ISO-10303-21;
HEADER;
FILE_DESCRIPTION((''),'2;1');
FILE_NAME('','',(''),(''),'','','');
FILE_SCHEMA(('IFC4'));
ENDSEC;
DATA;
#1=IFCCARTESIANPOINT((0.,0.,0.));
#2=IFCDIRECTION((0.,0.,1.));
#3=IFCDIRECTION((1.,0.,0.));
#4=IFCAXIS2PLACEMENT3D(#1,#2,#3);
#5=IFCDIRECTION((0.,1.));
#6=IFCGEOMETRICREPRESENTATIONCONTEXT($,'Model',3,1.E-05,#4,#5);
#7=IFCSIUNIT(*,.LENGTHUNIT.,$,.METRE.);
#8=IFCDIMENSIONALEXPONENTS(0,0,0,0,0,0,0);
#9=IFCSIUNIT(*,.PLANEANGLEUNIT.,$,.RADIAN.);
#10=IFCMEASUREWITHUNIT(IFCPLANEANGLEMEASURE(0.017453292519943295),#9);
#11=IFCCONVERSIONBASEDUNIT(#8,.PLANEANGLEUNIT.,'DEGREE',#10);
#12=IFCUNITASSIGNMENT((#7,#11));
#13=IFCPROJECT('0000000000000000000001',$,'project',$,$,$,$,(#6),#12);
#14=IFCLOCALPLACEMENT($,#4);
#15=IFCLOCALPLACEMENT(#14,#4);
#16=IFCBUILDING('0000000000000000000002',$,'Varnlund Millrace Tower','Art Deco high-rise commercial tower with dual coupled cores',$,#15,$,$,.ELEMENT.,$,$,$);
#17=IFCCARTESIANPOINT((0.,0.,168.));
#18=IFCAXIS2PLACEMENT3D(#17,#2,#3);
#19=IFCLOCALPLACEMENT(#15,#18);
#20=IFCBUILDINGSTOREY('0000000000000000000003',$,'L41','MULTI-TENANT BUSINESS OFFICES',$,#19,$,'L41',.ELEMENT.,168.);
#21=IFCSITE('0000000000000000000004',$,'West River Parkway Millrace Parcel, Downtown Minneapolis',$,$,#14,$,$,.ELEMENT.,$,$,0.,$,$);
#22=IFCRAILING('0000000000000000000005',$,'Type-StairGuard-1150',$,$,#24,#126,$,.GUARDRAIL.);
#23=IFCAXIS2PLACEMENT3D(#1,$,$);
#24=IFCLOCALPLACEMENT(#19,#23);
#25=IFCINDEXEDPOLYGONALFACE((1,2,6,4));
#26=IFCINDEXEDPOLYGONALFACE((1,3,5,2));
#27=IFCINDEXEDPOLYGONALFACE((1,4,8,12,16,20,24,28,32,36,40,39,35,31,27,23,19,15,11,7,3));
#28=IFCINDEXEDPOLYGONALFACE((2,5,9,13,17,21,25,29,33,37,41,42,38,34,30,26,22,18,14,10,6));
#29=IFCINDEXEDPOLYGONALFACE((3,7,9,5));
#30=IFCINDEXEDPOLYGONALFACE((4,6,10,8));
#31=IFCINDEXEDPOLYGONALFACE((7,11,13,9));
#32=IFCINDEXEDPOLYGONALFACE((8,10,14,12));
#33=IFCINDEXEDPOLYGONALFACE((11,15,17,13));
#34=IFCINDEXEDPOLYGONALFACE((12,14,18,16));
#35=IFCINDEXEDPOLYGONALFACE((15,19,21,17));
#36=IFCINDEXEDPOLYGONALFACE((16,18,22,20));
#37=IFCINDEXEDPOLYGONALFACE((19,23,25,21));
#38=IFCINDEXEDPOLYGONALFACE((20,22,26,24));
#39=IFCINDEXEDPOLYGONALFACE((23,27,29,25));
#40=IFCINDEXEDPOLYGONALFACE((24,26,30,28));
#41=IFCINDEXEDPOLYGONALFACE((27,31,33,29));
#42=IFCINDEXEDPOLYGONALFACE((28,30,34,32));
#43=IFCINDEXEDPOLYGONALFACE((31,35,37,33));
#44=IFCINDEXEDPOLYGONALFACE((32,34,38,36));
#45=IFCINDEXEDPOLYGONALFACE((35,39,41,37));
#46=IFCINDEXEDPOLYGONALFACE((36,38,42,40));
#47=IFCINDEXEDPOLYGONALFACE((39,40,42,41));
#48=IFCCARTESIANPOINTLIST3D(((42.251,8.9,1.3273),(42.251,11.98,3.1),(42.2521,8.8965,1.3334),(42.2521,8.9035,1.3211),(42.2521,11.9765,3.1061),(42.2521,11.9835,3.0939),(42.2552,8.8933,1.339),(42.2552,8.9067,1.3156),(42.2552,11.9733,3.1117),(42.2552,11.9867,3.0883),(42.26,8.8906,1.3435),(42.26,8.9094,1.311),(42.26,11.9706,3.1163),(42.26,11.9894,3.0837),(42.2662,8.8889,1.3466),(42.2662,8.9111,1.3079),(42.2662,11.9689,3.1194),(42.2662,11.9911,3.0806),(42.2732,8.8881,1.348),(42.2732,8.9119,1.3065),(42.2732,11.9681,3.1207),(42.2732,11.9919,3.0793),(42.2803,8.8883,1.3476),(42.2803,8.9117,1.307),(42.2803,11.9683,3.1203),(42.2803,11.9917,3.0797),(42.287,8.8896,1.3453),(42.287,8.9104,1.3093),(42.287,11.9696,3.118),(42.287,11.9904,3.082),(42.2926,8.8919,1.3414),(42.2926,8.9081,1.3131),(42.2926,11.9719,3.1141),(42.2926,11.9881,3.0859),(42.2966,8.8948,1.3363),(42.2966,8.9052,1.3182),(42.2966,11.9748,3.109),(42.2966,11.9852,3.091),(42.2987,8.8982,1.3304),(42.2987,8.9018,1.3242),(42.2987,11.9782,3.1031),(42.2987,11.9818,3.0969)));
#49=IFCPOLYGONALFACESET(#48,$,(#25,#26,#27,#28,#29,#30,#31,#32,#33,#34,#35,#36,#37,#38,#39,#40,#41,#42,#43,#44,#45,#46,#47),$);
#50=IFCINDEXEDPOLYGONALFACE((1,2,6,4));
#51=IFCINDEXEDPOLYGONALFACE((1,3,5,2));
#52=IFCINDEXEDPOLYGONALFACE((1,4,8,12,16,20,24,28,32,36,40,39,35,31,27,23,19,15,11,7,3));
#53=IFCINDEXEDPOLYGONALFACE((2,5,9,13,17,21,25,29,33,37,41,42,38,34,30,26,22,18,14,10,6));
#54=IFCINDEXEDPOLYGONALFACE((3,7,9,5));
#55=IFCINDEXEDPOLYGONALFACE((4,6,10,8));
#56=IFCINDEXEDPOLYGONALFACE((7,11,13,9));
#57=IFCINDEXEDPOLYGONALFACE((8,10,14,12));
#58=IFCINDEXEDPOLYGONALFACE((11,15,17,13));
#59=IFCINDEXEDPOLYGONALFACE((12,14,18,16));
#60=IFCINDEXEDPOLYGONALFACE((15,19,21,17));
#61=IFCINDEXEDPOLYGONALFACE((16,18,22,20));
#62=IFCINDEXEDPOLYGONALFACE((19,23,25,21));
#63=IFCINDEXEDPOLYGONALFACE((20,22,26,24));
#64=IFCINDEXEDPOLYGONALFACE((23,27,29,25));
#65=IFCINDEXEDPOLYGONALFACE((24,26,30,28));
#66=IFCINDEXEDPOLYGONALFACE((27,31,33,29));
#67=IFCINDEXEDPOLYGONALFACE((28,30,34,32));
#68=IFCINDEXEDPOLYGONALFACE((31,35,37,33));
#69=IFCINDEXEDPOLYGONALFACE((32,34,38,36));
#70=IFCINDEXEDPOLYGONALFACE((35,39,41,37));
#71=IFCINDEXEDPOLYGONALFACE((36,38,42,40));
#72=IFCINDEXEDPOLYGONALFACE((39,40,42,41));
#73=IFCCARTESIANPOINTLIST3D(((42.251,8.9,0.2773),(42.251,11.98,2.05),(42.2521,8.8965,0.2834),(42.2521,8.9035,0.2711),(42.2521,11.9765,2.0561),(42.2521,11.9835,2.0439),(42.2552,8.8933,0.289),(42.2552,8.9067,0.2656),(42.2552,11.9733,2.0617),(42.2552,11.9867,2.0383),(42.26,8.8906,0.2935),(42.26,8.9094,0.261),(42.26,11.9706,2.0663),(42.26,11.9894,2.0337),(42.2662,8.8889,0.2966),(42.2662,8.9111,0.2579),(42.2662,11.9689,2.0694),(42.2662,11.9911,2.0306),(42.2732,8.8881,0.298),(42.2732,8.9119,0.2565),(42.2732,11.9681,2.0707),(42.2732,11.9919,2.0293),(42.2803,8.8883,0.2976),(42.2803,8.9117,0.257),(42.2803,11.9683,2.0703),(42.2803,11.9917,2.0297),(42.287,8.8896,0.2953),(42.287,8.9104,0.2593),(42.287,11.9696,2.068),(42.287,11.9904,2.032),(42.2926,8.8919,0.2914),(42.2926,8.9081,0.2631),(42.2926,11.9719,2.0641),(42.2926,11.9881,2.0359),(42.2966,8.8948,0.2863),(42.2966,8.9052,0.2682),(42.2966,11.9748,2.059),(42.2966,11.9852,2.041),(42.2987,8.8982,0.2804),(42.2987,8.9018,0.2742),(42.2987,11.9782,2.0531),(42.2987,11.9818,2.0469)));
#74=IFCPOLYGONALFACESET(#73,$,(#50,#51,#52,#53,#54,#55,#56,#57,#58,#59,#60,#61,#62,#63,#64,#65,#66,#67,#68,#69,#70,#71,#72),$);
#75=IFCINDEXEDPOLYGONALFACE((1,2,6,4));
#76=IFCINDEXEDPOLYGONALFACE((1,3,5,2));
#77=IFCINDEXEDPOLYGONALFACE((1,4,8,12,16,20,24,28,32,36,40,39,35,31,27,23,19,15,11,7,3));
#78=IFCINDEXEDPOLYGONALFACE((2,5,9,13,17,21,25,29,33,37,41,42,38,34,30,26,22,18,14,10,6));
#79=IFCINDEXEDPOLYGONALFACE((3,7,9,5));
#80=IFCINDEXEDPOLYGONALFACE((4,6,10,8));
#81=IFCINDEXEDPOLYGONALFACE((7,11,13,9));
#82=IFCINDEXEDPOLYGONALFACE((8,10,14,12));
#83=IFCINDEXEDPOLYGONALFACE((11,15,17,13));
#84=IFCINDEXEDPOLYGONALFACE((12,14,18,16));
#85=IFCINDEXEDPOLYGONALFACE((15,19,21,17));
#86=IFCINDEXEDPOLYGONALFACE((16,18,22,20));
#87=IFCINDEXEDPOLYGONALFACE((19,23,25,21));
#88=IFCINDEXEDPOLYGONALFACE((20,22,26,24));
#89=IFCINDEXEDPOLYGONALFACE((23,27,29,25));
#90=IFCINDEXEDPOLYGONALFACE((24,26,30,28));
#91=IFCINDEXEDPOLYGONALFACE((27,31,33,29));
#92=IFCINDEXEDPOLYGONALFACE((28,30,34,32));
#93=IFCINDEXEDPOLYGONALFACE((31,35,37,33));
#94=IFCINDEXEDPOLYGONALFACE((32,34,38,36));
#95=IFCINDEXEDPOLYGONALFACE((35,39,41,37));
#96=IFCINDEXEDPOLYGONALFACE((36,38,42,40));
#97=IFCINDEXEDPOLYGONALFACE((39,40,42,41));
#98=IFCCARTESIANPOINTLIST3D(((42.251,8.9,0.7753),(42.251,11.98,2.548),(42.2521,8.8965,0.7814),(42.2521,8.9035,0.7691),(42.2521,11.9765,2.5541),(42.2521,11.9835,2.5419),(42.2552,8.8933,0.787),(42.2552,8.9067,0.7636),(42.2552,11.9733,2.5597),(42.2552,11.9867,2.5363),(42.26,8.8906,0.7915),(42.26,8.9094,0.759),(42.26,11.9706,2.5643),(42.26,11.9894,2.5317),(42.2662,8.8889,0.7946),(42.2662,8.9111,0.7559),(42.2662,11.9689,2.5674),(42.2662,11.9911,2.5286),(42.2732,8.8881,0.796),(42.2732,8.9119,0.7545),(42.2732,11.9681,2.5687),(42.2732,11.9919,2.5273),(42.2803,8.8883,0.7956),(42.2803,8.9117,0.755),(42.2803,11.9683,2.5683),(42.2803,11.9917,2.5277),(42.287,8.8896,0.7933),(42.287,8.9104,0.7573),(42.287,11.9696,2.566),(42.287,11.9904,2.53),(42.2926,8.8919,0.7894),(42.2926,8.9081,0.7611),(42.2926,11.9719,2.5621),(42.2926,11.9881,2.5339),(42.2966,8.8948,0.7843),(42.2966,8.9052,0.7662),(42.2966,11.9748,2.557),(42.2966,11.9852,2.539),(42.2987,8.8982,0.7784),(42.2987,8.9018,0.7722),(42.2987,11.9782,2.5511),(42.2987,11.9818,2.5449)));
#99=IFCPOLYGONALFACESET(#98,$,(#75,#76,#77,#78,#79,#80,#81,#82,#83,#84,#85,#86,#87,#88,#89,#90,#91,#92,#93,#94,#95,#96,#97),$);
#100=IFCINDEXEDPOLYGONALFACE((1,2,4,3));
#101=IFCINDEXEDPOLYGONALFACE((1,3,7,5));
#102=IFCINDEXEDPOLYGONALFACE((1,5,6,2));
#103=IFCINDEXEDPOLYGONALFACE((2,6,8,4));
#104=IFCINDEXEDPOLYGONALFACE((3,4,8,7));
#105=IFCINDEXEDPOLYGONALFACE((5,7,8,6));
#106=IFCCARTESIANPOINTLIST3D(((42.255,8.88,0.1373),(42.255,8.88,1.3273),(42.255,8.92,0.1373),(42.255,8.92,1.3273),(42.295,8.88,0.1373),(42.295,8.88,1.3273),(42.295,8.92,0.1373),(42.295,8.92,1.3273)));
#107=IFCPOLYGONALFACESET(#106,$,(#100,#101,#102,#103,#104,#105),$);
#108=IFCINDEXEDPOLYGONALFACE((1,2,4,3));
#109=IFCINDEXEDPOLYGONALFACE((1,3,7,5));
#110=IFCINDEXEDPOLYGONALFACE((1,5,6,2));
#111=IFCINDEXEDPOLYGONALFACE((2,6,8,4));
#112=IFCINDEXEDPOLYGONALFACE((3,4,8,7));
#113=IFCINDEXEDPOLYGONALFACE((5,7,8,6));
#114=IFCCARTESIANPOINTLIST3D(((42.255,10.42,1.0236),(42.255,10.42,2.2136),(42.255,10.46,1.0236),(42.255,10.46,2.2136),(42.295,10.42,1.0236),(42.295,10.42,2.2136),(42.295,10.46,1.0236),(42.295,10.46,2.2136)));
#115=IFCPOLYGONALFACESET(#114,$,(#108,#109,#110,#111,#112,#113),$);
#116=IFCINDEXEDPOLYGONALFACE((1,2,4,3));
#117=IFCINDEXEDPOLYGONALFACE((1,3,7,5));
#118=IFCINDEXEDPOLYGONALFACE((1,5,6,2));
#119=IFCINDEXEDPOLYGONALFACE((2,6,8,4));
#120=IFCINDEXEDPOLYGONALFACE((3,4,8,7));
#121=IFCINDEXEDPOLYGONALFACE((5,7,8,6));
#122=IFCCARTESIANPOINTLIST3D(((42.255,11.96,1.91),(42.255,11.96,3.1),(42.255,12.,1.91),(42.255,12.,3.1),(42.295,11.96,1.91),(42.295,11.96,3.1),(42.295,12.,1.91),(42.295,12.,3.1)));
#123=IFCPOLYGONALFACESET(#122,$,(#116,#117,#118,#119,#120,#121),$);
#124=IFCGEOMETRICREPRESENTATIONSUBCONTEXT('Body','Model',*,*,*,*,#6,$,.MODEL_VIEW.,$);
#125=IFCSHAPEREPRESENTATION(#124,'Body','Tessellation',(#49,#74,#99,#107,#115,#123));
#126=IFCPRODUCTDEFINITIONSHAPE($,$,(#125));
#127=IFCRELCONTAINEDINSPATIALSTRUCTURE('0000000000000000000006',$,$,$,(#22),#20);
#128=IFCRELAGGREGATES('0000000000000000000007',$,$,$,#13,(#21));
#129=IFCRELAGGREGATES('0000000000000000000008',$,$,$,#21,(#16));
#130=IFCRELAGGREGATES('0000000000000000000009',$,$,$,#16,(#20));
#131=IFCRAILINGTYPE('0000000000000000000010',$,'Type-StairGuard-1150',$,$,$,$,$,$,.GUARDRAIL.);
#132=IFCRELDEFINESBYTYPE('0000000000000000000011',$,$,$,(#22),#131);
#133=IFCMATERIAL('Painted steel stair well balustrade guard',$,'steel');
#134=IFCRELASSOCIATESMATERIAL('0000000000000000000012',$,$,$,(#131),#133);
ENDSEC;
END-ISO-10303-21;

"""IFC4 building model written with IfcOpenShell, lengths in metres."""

from ifc_helpers import new_model, entity, si_unit, converted_unit, direction, frame, origin_with_axes, origin_2d_with_axis, place, context, subcontext, project, spatial, rectangle, circle, extrude, material, type_object, element, save


model = new_model("IFC4")

# Units and contexts
model_context = context("Model", 3, precision=1e-05, world=origin_with_axes(), true_north=direction((0.0, 1.0)))
body_context = subcontext(model_context, "Body", "Model", "MODEL_VIEW")
ifc_project = project(units=[si_unit("LENGTHUNIT", "METRE"), converted_unit("PLANEANGLEUNIT", "DEGREE", entity("IfcPlaneAngleMeasure", 0.017453292519943295), si_unit("PLANEANGLEUNIT", "RADIAN"), dimensions=[0, 0, 0, 0, 0, 0, 0])], contexts=[model_context])

# Site, building, storey
site_placement = place(None, origin_with_axes())
site = spatial("IfcSite", under=ifc_project, at=site_placement, Name="West River Parkway Millrace Parcel, Downtown Minneapolis", CompositionType="ELEMENT", RefElevation=0.0)
building_placement = place(site_placement, origin_with_axes())
building = spatial("IfcBuilding", under=site, at=building_placement, Name="Varnlund Millrace Tower", Description="Art Deco high-rise commercial tower with dual coupled cores", CompositionType="ELEMENT")
storey_placement = place(building_placement, frame((0.0, 0.0, 168.0), z_axis=(0.0, 0.0, 1.0), x_axis=(1.0, 0.0, 0.0)))
storey = spatial("IfcBuildingStorey", under=building, at=storey_placement, Name="L41", Description="MULTI-TENANT BUSINESS OFFICES", LongName="L41", CompositionType="ELEMENT", Elevation=168.0)

# Railing
ifc_material_1 = material(Name="Painted steel stair well balustrade guard", Category="steel")
railing_type_1 = type_object("IfcRailingType", Name="Type-StairGuard-1150", PredefinedType="GUARDRAIL", material=ifc_material_1)
railing_1_placement = place(storey_placement, frame((0.0, 0.0, -168.0), z_axis=(0.0, 0.0, 1.0), x_axis=(1.0, 0.0, 0.0)))
element("IfcRailing", 1, at=railing_1_placement, inside=storey, type_object=railing_type_1, Name="Type-StairGuard-1150", PredefinedType="GUARDRAIL", context=body_context, shape_type="SweptSolid", body=[
    extrude(circle(Radius=0.024, at=origin_2d_with_axis()), frame((42.275, 8.9, 169.3273), z_axis=(0.0, 0.866696, 0.498836), x_axis=(-1.0, 0.0, 0.0)), (0.0, 0.0, 1.0), 3.5537),
    extrude(circle(Radius=0.024, at=origin_2d_with_axis()), frame((42.275, 8.9, 168.2773), z_axis=(0.0, 0.866696, 0.498836), x_axis=(-1.0, 0.0, 0.0)), (0.0, 0.0, 1.0), 3.5537),
    extrude(circle(Radius=0.024, at=origin_2d_with_axis()), frame((42.275, 8.9, 168.7753), z_axis=(0.0, 0.866696, 0.498836), x_axis=(-1.0, 0.0, 0.0)), (0.0, 0.0, 1.0), 3.5537),
    extrude(rectangle(XDim=0.04, YDim=0.04, at=origin_2d_with_axis()), frame((42.275, 8.9, 168.1373), z_axis=(0.0, 0.0, 1.0), x_axis=(1.0, 0.0, 0.0)), (0.0, 0.0, 1.0), 1.19),
    extrude(rectangle(XDim=0.04, YDim=0.04, at=origin_2d_with_axis()), frame((42.275, 10.44, 169.0236), z_axis=(0.0, 0.0, 1.0), x_axis=(1.0, 0.0, 0.0)), (0.0, 0.0, 1.0), 1.19),
    extrude(rectangle(XDim=0.04, YDim=0.04, at=origin_2d_with_axis()), frame((42.275, 11.98, 169.91), z_axis=(0.0, 0.0, 1.0), x_axis=(1.0, 0.0, 0.0)), (0.0, 0.0, 1.0), 1.19),
])

save(model, "model.ifc")
